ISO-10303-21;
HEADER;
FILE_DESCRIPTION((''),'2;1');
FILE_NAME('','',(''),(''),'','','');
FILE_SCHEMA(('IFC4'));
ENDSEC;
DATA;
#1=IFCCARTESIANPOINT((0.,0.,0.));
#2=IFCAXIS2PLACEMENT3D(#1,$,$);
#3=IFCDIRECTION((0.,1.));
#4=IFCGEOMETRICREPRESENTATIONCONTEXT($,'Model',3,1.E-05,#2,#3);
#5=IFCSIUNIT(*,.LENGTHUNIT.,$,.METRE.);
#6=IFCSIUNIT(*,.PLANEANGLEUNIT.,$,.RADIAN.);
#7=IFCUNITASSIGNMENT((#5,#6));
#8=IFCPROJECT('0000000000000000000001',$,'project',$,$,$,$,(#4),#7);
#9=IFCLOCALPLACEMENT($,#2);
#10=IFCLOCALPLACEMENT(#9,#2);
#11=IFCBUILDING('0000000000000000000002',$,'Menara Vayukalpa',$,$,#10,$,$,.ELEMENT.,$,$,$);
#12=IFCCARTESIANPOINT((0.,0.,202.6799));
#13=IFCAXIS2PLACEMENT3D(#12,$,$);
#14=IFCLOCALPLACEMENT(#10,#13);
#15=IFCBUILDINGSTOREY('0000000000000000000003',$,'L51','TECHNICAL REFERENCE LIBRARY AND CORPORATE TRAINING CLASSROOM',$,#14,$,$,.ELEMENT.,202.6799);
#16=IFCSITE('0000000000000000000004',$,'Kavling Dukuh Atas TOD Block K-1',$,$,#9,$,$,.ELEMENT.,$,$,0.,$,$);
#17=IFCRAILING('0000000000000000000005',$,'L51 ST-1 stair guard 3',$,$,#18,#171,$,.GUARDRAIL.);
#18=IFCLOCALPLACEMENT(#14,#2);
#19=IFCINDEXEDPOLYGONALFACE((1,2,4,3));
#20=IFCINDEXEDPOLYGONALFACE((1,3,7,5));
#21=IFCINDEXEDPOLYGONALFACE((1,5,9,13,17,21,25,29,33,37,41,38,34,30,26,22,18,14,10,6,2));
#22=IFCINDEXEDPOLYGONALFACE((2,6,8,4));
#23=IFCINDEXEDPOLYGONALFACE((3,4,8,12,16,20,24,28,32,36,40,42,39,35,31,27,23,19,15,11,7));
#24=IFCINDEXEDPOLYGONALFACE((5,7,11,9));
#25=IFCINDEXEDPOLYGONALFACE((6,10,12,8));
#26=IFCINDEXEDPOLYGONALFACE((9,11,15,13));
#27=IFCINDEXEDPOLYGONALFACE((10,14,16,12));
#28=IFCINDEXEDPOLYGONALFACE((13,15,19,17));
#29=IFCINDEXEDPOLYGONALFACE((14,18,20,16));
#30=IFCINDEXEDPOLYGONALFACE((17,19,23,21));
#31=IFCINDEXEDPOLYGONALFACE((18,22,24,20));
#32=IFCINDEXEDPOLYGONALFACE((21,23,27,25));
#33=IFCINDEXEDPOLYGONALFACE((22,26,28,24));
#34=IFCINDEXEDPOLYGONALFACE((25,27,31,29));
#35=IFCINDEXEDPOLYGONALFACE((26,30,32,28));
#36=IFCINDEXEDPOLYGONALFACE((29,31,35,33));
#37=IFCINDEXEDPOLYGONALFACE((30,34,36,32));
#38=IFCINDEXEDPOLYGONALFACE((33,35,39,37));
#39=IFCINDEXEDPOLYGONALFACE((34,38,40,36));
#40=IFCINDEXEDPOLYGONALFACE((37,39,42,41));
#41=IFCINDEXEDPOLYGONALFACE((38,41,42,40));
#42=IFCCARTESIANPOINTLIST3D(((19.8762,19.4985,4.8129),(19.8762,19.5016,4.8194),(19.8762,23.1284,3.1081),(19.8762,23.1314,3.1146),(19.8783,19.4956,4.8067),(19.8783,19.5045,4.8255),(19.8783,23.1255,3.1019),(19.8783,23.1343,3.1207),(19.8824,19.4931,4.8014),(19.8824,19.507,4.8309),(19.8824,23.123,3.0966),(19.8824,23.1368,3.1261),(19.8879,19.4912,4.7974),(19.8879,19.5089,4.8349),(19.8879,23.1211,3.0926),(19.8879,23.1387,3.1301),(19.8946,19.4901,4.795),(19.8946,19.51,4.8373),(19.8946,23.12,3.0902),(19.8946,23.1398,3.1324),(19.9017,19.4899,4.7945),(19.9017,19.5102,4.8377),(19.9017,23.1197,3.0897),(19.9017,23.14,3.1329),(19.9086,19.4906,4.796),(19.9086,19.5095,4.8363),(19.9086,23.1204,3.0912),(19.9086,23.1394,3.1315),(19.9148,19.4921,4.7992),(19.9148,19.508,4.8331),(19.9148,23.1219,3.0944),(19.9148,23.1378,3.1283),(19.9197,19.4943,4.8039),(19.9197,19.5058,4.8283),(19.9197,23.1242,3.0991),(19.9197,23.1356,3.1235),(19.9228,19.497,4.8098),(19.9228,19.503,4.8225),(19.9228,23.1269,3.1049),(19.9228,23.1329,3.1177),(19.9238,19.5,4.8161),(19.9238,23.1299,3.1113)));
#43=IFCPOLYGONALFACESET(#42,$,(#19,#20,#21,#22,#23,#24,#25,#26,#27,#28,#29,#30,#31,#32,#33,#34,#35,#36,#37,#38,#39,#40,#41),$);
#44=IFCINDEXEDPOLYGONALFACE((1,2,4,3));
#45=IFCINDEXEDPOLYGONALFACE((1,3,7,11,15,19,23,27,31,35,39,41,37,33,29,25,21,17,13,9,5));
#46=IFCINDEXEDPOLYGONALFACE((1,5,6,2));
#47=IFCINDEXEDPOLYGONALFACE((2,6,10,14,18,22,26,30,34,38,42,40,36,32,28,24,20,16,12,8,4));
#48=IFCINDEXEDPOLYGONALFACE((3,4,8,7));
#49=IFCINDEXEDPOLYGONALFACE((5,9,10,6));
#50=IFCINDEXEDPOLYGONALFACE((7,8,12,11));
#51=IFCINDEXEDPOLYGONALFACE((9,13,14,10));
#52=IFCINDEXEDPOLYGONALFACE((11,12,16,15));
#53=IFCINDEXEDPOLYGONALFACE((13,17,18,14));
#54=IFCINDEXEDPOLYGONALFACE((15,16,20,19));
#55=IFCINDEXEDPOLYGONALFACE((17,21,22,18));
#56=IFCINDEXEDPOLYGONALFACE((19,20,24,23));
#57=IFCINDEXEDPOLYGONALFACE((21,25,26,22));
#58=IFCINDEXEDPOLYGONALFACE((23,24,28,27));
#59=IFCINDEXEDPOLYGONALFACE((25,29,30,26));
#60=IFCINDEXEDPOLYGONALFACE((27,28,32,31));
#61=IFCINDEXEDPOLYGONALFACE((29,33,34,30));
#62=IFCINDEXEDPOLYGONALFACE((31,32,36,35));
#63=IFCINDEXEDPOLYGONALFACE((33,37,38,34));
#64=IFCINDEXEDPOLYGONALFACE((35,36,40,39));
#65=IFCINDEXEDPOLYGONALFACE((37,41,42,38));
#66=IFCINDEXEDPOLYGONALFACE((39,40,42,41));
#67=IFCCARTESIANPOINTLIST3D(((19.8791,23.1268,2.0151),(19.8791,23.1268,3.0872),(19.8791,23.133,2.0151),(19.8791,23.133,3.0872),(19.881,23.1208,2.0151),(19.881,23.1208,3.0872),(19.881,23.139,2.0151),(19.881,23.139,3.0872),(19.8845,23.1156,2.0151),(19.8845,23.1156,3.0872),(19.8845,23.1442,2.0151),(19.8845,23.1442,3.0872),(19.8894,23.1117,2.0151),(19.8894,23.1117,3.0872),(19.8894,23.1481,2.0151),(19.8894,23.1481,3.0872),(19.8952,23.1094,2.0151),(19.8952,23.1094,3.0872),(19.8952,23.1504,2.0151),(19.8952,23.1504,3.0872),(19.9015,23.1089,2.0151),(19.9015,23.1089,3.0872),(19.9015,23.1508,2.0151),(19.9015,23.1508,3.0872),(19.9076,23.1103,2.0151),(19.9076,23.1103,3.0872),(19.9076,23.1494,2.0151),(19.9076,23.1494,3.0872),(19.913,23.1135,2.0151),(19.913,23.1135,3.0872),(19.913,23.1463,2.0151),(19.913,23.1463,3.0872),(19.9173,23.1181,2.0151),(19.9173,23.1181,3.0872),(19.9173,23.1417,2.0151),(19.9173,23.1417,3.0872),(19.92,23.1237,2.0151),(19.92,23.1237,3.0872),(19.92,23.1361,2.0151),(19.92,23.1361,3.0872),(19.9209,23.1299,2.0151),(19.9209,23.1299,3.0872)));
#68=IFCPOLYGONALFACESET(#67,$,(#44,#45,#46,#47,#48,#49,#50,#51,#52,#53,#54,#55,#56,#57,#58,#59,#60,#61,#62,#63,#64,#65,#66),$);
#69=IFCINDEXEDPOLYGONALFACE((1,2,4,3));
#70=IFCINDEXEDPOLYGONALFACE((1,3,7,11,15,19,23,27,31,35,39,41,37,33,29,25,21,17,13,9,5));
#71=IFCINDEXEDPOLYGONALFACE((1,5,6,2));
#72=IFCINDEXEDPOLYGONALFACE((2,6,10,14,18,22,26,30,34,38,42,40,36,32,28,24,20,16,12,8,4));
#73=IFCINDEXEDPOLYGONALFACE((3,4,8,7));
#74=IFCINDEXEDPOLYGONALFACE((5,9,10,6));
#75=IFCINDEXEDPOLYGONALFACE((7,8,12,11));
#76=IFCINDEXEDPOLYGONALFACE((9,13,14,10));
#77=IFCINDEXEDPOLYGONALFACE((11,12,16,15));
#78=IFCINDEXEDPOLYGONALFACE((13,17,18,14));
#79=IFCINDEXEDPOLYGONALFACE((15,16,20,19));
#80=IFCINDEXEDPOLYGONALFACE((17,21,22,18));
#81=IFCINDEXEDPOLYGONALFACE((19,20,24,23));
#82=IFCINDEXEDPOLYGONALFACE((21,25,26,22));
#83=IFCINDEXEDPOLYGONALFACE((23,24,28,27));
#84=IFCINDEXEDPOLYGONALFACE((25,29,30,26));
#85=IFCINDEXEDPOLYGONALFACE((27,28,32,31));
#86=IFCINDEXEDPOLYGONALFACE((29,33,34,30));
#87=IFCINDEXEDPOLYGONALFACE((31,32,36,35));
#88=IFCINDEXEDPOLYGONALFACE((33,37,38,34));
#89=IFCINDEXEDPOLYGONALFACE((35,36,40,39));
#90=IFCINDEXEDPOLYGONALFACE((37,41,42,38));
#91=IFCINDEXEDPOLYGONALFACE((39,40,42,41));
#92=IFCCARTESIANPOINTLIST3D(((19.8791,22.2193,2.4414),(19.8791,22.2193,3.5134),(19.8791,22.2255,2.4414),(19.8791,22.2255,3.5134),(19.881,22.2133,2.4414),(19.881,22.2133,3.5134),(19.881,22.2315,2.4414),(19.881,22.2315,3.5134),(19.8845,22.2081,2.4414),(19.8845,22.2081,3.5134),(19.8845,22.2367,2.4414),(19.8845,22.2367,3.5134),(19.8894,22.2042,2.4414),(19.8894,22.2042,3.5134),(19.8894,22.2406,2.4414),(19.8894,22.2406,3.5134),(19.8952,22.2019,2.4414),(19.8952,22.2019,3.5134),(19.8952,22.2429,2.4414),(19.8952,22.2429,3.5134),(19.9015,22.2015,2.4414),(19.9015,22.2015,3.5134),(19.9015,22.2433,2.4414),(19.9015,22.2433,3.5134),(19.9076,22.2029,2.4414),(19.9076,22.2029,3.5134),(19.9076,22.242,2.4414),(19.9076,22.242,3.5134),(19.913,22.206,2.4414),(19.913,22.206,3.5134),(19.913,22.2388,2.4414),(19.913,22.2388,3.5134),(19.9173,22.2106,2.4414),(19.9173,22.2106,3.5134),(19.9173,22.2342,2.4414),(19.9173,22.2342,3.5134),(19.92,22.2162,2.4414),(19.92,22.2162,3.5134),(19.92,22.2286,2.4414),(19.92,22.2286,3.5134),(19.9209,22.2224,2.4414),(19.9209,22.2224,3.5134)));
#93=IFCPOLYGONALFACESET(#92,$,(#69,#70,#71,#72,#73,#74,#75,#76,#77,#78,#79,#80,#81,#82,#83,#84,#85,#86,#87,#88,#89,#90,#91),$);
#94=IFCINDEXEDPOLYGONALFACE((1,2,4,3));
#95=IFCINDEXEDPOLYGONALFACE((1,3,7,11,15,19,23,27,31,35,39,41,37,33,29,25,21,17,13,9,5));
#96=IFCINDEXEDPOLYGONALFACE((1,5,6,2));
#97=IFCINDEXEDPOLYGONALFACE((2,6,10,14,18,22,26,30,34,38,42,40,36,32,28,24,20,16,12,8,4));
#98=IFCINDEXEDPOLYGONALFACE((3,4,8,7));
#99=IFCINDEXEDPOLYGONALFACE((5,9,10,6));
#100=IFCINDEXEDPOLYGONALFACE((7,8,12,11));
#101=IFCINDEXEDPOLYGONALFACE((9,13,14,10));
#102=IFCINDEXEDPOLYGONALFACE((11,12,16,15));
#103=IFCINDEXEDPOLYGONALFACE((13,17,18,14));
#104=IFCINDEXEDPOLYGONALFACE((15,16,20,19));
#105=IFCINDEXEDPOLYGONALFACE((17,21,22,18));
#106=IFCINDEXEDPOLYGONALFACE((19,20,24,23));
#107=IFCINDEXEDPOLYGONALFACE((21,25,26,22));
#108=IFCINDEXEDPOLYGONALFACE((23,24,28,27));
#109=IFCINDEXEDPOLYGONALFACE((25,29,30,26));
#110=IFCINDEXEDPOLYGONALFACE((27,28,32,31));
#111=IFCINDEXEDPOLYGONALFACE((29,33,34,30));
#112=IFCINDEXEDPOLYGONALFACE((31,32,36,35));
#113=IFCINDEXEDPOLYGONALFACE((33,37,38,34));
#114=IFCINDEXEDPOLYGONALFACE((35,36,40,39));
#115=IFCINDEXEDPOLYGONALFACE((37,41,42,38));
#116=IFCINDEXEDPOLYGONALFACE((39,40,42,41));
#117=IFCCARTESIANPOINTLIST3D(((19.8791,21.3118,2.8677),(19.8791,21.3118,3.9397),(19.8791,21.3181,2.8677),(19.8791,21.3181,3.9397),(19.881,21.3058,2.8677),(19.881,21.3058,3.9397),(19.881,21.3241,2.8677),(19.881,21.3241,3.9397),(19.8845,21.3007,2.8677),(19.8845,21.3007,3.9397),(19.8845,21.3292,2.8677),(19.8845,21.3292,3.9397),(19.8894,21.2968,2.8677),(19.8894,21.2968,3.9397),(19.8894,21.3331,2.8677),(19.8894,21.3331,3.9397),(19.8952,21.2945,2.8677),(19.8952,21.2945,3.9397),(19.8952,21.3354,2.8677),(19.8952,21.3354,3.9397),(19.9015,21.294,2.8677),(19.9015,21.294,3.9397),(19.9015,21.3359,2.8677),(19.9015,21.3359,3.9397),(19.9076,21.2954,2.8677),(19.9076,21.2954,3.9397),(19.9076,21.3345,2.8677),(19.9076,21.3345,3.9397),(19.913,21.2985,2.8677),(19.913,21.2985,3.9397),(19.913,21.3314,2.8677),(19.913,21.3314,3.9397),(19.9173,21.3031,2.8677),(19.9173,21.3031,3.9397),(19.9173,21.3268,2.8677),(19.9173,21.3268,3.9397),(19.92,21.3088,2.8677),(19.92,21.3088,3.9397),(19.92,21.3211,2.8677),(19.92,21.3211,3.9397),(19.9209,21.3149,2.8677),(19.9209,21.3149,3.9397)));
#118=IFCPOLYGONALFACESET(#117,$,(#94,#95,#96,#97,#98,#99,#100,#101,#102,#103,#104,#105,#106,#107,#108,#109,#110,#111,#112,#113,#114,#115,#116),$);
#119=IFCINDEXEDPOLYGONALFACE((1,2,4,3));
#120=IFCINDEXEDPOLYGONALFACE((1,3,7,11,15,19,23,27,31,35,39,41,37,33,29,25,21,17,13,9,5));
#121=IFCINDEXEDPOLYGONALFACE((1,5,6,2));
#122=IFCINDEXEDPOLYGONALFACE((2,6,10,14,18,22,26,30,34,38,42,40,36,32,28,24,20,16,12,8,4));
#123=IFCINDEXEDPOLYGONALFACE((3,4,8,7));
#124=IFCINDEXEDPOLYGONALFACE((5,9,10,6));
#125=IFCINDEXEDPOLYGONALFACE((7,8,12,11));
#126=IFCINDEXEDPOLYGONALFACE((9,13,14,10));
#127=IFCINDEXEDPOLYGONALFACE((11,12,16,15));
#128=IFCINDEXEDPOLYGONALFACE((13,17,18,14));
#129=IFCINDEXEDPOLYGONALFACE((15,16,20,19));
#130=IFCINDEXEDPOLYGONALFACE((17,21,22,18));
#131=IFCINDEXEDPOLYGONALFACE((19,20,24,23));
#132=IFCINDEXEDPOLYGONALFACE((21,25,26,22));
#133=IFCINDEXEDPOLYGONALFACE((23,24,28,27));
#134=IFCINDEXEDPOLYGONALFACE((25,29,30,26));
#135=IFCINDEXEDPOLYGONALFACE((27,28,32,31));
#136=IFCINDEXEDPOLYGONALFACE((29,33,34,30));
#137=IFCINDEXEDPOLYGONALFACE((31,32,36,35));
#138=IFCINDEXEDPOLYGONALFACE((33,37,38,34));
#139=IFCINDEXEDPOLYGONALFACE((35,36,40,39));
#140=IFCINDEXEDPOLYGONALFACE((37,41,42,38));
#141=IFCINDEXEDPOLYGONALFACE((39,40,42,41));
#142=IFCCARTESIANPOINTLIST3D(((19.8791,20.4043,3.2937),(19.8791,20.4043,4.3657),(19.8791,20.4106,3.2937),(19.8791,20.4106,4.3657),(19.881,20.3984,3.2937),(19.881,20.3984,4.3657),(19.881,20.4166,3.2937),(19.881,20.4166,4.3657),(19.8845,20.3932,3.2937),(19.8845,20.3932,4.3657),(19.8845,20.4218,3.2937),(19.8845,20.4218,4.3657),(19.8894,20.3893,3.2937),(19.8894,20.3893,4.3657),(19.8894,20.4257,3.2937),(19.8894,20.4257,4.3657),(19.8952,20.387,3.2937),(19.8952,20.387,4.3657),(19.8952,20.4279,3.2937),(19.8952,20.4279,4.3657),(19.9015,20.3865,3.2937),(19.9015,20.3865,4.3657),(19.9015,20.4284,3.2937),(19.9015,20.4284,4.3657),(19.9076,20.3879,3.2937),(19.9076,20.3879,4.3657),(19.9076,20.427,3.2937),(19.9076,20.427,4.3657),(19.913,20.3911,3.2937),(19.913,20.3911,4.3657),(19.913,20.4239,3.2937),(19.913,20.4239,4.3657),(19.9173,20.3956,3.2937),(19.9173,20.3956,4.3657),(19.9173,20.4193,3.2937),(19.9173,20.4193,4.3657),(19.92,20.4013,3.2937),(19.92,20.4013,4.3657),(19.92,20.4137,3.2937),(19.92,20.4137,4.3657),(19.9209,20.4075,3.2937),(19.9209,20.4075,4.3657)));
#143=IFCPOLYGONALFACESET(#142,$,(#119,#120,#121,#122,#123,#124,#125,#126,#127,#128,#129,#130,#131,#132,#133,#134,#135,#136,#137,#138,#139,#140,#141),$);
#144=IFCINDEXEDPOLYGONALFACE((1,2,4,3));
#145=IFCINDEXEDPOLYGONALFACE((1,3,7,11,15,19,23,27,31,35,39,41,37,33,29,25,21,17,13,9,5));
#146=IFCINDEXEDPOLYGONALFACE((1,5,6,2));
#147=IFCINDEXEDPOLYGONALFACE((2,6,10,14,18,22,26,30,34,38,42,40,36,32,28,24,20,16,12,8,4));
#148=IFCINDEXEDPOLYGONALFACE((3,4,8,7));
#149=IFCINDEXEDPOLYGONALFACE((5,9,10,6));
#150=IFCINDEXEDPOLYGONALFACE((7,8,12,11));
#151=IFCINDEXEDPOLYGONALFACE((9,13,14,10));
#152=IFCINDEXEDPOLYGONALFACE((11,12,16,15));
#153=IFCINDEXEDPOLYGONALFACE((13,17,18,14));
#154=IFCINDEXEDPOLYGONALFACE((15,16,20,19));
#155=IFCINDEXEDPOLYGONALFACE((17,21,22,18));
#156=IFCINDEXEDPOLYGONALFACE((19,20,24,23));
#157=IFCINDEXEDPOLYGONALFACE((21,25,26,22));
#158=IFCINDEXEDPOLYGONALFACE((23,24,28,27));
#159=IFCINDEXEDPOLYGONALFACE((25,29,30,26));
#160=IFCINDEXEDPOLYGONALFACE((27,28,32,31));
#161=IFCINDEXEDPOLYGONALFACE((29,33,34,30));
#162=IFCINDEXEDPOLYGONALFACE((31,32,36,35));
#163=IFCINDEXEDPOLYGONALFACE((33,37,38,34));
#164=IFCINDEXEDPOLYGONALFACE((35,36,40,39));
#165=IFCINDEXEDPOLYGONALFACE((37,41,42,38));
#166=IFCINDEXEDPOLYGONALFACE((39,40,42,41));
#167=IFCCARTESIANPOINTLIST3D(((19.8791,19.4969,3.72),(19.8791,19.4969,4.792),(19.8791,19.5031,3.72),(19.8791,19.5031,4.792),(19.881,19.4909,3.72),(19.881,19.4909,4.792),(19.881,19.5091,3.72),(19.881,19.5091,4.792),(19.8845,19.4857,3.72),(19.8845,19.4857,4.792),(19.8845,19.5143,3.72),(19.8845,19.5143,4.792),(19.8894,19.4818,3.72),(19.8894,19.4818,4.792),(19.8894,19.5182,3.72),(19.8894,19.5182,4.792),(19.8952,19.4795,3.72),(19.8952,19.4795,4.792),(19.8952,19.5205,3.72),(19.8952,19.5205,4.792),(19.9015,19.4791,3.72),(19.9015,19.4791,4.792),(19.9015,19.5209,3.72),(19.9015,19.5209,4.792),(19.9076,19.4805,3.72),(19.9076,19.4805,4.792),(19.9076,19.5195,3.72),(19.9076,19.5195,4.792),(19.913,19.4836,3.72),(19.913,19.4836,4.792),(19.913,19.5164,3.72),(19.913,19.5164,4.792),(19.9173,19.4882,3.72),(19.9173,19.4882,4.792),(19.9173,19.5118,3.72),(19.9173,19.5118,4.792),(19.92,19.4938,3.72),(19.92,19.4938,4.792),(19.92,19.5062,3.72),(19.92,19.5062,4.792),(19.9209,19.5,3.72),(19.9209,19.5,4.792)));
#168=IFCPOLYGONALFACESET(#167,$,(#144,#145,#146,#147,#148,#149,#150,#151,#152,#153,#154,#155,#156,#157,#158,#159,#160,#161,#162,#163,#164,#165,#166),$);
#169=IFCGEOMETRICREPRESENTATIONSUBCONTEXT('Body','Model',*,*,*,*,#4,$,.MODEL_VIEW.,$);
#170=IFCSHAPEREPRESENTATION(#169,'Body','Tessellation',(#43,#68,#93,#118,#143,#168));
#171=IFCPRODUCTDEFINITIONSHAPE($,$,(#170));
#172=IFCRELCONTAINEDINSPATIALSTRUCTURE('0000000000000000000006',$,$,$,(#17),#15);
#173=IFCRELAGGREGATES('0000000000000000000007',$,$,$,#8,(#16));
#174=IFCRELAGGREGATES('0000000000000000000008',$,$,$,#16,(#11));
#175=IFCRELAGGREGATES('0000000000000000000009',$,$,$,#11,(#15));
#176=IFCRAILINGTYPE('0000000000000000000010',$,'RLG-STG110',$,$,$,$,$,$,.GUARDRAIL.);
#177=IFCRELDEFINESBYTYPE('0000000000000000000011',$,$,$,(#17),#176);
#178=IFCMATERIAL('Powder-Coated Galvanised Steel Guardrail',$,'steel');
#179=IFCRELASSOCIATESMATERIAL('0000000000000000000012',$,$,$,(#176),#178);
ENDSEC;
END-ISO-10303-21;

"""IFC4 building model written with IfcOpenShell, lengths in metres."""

from ifc_helpers import new_model, si_unit, direction, frame, origin, origin_2d, place, context, subcontext, project, spatial, circle, extrude, material, type_object, element, save


model = new_model("IFC4")

# Units and contexts
model_context = context("Model", 3, precision=1e-05, world=origin(), true_north=direction((0.0, 1.0)))
body_context = subcontext(model_context, "Body", "Model", "MODEL_VIEW")
ifc_project = project(units=[si_unit("LENGTHUNIT", "METRE"), si_unit("PLANEANGLEUNIT", "RADIAN")], contexts=[model_context])

# Site, building, storey
site_placement = place(None, origin())
site = spatial("IfcSite", under=ifc_project, at=site_placement, Name="Kavling Dukuh Atas TOD Block K-1", CompositionType="ELEMENT", RefElevation=0.0)
building_placement = place(site_placement, origin())
building = spatial("IfcBuilding", under=site, at=building_placement, Name="Menara Vayukalpa", CompositionType="ELEMENT")
storey_placement = place(building_placement, frame((0.0, 0.0, 202.6799)))
storey = spatial("IfcBuildingStorey", under=building, at=storey_placement, Name="L51", Description="TECHNICAL REFERENCE LIBRARY AND CORPORATE TRAINING CLASSROOM", CompositionType="ELEMENT", Elevation=202.6799)

# Railing
ifc_material_1 = material(Name="Powder-Coated Galvanised Steel Guardrail", Category="steel")
railing_type_1 = type_object("IfcRailingType", Name="RLG-STG110", PredefinedType="GUARDRAIL", material=ifc_material_1)
railing_1_placement = place(storey_placement, frame((19.8999, 23.1299, 2.0151)))
element("IfcRailing", 1, at=railing_1_placement, inside=storey, type_object=railing_type_1, Name="L51 ST-1 stair guard 3", PredefinedType="GUARDRAIL", context=body_context, shape_type="SweptSolid", body=[
    extrude(circle(Radius=0.0239, at=origin_2d()), frame((0.0, 0.0, 1.0962), z_axis=(0.0, -0.90514, 0.425114), x_axis=(1.0, 0.0, 0.0)), (0.0, 0.0, 1.0), 4.0103),
    extrude(circle(Radius=0.021, at=origin_2d()), origin(), (0.0, 0.0, 1.0), 1.072),
    extrude(circle(Radius=0.021, at=origin_2d()), frame((0.0, -0.9075, 0.4263)), (0.0, 0.0, 1.0), 1.072),
    extrude(circle(Radius=0.021, at=origin_2d()), frame((0.0, -1.8149, 0.8525)), (0.0, 0.0, 1.0), 1.072),
    extrude(circle(Radius=0.021, at=origin_2d()), frame((0.0, -2.7224, 1.2786)), (0.0, 0.0, 1.0), 1.072),
    extrude(circle(Radius=0.021, at=origin_2d()), frame((0.0, -3.6299, 1.7048)), (0.0, 0.0, 1.0), 1.072),
])

save(model, "model.ifc")
